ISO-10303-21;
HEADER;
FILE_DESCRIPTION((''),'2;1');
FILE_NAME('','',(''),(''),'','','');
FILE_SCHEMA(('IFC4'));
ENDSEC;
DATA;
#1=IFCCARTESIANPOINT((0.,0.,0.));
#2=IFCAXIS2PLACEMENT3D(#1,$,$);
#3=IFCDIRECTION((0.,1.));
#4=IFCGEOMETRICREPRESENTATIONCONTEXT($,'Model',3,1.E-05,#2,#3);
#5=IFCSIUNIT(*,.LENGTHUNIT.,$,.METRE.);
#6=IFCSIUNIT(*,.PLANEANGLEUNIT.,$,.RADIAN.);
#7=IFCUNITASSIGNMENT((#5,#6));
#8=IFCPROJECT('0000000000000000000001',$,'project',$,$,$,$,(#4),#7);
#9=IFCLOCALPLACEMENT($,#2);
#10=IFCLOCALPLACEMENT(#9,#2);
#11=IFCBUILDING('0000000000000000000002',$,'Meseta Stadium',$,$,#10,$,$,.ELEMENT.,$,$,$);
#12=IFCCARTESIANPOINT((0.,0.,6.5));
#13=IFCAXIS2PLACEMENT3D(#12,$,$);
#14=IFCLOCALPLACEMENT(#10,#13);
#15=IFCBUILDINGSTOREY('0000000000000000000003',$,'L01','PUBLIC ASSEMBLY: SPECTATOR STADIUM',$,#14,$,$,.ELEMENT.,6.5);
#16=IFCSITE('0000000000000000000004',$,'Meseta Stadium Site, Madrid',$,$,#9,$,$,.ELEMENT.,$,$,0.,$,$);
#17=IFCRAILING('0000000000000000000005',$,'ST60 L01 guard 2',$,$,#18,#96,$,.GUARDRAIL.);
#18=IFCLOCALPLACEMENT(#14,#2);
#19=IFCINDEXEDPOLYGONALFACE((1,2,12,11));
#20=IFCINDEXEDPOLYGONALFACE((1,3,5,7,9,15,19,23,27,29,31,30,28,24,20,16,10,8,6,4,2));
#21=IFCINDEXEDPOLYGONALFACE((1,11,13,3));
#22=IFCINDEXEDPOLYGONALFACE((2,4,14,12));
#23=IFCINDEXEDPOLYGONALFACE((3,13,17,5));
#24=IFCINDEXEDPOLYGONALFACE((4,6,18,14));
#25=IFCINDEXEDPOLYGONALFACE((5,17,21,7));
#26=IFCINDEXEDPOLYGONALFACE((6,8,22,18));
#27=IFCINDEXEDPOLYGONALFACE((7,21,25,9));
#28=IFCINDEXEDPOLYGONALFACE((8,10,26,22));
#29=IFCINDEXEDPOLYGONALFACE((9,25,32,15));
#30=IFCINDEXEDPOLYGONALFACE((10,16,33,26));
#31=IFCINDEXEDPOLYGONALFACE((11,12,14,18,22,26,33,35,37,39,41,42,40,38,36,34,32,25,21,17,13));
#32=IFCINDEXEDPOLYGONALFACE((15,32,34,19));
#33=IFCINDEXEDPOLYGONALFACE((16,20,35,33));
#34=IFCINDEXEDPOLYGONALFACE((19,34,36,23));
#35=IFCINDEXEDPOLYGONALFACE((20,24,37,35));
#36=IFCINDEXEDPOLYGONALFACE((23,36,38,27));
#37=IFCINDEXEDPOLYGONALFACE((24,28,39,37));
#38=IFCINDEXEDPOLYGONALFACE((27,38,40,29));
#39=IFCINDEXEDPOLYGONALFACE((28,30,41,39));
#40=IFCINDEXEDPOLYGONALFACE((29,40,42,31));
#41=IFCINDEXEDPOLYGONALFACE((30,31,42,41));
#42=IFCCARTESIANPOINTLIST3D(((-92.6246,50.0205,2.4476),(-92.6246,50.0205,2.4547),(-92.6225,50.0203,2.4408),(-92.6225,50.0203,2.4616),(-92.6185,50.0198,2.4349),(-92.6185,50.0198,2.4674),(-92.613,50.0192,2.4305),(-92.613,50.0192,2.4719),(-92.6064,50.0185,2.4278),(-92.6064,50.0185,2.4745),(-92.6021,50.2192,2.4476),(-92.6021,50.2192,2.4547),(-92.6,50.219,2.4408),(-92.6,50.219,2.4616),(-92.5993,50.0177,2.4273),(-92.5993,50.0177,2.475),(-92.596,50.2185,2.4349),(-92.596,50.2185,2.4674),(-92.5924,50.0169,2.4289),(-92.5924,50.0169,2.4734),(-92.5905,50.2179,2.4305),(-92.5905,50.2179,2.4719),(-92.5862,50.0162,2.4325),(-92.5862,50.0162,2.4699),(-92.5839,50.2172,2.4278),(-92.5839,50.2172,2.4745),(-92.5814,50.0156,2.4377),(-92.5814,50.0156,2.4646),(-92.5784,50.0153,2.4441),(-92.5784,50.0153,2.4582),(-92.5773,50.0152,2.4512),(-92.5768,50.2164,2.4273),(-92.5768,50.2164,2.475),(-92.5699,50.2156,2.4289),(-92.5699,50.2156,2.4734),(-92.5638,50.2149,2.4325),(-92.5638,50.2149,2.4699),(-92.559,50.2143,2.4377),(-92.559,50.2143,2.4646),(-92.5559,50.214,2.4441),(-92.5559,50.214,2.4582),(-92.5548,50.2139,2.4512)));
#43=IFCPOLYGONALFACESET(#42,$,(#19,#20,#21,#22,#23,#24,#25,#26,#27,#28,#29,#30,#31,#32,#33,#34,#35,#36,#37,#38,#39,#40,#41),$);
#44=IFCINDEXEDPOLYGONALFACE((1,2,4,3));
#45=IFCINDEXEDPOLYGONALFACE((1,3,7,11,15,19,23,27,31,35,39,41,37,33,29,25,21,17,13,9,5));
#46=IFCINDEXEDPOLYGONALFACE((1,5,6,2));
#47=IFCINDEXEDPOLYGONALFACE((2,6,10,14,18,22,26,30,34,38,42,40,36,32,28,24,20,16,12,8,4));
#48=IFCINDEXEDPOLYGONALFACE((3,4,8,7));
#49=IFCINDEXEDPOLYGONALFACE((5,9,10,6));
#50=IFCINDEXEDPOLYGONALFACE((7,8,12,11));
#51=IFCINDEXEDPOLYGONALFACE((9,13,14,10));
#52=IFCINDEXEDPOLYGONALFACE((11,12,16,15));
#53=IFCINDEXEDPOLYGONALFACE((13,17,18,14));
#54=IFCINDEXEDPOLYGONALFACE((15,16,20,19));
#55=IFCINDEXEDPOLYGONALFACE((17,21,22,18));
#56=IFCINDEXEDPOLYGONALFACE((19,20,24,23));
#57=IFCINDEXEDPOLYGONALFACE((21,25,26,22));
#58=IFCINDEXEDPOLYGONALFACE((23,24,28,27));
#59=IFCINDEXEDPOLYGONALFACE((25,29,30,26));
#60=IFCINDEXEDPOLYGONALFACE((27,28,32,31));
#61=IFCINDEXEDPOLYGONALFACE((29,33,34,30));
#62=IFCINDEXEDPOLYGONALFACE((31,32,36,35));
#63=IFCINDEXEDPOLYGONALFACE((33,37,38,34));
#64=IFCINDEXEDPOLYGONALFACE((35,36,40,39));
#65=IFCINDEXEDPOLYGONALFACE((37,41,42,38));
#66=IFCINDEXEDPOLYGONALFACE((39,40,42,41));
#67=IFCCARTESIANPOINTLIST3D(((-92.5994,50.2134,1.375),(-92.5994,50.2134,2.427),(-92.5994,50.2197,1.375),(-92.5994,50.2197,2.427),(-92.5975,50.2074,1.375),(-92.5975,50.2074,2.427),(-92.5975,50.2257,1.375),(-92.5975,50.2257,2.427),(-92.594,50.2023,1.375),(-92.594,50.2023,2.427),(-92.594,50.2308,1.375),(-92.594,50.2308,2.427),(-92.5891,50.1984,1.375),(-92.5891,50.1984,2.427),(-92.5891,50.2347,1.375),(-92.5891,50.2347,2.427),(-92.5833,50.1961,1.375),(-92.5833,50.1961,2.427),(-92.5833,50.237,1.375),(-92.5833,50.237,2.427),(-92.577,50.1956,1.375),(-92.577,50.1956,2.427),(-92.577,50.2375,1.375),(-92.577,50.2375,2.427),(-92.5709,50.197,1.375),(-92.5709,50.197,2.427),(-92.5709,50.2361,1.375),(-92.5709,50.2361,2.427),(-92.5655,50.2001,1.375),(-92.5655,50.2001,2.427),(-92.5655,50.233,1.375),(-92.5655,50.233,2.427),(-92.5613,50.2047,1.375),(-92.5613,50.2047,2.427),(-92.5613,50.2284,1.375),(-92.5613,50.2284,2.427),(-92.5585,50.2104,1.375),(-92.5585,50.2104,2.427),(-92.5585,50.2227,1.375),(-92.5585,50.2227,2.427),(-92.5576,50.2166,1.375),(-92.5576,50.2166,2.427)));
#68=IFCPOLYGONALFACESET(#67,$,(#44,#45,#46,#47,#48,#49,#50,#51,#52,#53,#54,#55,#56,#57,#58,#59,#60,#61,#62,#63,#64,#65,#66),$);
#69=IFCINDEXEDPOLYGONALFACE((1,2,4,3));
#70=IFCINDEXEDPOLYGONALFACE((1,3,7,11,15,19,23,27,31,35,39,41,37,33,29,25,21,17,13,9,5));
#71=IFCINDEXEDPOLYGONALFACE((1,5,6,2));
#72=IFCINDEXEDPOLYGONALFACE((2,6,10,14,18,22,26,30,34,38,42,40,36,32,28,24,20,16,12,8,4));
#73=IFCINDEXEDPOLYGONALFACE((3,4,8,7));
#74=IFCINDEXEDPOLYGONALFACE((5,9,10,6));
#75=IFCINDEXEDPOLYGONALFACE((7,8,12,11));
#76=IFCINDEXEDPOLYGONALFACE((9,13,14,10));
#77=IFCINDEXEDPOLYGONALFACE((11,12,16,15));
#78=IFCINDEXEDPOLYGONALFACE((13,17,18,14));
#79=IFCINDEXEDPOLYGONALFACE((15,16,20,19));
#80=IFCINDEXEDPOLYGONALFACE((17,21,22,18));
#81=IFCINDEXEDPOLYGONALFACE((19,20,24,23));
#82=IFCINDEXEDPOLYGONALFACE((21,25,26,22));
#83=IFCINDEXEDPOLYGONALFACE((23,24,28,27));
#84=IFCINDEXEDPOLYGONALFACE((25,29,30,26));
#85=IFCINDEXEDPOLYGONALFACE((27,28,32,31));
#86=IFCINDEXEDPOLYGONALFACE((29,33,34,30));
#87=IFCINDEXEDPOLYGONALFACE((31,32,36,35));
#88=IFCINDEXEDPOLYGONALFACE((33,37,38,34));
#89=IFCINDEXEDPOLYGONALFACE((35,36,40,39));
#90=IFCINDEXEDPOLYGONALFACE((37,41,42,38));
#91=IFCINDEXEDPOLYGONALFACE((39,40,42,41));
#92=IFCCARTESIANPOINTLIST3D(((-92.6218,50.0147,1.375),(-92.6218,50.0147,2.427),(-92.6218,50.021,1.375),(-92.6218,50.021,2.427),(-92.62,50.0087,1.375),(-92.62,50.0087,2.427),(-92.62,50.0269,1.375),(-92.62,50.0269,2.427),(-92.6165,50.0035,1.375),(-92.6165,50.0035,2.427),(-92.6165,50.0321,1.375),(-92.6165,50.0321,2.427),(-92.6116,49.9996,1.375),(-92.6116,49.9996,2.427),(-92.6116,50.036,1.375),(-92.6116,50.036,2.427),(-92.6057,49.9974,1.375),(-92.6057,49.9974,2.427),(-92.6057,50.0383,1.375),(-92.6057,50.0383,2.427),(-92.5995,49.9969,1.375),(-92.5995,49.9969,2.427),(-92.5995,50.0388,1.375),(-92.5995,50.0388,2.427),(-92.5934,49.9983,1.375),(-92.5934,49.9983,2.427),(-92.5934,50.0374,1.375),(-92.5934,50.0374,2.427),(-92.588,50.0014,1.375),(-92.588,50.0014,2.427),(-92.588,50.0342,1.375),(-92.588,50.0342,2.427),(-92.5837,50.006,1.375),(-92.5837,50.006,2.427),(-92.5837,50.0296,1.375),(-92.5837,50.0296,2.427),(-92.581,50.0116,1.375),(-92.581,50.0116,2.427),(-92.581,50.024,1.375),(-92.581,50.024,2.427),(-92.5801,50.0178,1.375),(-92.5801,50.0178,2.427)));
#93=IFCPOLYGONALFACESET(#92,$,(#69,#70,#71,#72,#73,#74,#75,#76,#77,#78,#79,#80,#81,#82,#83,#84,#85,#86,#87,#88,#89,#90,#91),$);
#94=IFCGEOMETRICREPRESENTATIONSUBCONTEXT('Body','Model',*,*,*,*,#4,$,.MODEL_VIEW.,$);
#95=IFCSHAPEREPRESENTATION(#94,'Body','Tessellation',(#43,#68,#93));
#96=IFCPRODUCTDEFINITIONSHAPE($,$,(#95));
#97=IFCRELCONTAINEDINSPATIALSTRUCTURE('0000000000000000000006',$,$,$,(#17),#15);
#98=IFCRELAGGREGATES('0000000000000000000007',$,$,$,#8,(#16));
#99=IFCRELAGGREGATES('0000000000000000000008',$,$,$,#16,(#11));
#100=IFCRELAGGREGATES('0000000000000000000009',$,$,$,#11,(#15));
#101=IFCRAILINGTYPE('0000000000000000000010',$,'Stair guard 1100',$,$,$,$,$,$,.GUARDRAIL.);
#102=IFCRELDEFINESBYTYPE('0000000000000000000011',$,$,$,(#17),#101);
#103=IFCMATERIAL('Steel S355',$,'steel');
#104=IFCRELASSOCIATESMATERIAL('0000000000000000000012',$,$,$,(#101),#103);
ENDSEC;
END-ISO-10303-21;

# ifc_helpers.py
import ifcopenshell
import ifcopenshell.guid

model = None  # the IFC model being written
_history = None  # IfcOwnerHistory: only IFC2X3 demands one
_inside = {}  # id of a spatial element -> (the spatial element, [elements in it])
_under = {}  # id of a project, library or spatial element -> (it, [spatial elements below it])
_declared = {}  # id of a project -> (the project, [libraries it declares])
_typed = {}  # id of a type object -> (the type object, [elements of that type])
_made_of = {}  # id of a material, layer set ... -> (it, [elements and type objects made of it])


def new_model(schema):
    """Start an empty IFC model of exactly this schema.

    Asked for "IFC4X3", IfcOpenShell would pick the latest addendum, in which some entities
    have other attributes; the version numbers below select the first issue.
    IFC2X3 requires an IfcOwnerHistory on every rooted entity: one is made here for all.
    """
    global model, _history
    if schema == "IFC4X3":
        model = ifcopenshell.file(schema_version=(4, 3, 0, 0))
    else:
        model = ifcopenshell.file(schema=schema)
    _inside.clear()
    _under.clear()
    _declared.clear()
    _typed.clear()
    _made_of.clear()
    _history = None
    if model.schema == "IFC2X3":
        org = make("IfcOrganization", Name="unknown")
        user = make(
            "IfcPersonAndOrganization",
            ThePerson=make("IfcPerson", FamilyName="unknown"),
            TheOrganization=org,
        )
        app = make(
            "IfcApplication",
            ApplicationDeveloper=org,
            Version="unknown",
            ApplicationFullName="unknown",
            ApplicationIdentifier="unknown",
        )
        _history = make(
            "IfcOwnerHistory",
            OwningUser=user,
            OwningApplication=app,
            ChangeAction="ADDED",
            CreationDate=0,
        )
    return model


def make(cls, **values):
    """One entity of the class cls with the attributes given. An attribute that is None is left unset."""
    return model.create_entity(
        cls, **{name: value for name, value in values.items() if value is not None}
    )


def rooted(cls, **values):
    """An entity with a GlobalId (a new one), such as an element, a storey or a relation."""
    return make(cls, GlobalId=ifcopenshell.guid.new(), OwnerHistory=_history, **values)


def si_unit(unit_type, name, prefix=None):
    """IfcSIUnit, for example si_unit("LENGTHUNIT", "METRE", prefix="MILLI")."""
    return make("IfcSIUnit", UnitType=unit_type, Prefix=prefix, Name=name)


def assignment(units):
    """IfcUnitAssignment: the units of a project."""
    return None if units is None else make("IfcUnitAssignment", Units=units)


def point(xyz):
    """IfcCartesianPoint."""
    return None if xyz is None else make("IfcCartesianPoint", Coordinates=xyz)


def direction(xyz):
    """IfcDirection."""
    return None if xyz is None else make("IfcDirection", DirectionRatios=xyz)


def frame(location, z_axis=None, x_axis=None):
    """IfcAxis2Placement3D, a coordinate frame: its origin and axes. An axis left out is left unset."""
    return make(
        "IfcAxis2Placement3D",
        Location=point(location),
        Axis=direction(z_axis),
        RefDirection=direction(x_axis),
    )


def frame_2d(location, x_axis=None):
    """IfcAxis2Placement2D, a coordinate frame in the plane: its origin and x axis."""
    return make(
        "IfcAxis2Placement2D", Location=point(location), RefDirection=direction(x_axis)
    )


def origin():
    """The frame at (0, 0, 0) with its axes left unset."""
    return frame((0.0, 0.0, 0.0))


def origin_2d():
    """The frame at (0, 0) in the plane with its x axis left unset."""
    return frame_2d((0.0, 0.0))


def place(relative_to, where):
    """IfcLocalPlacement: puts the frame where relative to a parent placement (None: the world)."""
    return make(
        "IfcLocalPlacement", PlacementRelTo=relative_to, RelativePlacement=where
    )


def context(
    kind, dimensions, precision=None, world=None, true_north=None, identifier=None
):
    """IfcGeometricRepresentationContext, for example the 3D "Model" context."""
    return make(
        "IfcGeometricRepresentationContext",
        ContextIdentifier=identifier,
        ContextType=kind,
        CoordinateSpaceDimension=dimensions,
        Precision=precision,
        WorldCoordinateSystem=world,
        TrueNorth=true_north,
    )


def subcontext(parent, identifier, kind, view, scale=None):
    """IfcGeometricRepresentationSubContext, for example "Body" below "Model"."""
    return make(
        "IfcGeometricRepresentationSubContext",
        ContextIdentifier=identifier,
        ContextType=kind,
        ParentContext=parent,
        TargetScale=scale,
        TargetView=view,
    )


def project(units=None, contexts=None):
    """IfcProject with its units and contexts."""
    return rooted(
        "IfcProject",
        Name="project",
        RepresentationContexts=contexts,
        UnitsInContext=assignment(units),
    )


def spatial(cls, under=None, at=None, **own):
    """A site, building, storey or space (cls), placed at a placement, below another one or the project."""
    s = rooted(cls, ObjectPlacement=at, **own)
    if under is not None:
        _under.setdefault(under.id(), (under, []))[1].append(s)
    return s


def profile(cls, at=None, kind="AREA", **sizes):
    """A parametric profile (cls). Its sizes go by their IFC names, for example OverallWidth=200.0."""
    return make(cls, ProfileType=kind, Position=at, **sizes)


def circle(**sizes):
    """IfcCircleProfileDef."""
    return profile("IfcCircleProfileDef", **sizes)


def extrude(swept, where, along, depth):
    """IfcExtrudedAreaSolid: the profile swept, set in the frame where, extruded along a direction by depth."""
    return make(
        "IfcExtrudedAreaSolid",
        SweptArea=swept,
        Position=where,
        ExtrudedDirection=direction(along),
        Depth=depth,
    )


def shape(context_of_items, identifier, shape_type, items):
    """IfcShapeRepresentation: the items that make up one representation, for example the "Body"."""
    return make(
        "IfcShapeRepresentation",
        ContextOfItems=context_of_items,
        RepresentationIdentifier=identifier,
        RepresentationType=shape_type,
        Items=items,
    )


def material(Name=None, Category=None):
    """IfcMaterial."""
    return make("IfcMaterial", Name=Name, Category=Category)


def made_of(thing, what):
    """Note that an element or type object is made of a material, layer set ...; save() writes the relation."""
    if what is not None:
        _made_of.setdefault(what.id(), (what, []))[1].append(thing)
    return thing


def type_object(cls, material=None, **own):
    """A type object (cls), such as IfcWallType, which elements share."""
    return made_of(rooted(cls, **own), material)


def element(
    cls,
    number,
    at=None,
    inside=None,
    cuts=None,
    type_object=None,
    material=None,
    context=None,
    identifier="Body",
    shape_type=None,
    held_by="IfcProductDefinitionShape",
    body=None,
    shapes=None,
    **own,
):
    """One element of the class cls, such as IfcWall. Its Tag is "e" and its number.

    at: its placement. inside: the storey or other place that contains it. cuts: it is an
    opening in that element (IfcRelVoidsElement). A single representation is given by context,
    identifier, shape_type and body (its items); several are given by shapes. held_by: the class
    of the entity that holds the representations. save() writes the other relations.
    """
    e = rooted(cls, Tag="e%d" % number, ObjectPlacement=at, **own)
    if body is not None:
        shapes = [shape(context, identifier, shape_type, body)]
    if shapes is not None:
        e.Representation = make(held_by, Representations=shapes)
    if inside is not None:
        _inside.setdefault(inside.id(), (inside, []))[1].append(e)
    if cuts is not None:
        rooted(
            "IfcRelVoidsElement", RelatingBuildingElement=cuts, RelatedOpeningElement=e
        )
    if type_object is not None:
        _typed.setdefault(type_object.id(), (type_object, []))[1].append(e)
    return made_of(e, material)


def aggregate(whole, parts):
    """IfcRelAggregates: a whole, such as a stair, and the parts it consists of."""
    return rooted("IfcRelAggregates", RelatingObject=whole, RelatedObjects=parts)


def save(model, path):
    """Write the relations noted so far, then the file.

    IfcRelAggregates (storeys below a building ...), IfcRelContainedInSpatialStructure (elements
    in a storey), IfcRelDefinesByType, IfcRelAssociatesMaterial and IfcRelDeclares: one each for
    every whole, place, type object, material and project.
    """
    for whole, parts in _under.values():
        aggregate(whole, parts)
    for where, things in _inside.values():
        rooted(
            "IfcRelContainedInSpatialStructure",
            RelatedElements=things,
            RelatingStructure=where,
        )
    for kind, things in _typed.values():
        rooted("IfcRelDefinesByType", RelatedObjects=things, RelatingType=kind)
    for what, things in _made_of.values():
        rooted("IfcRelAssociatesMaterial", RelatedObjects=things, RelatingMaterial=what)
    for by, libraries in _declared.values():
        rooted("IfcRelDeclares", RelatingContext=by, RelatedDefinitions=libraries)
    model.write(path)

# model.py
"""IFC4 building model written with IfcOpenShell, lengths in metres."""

from ifc_helpers import new_model, si_unit, direction, frame, origin, origin_2d, place, context, subcontext, project, spatial, circle, extrude, material, type_object, element, save


model = new_model("IFC4")

# Units and contexts
model_context = context("Model", 3, precision=1e-05, world=origin(), true_north=direction((0.0, 1.0)))
body_context = subcontext(model_context, "Body", "Model", "MODEL_VIEW")
ifc_project = project(units=[si_unit("LENGTHUNIT", "METRE"), si_unit("PLANEANGLEUNIT", "RADIAN")], contexts=[model_context])

# Site, building, storey
site_placement = place(None, origin())
site = spatial("IfcSite", under=ifc_project, at=site_placement, Name="Meseta Stadium Site, Madrid", CompositionType="ELEMENT", RefElevation=0.0)
building_placement = place(site_placement, origin())
building = spatial("IfcBuilding", under=site, at=building_placement, Name="Meseta Stadium", CompositionType="ELEMENT")
storey_placement = place(building_placement, frame((0.0, 0.0, 6.5)))
storey = spatial("IfcBuildingStorey", under=building, at=storey_placement, Name="L01", Description="PUBLIC ASSEMBLY: SPECTATOR STADIUM", CompositionType="ELEMENT", Elevation=6.5)

# Railing
ifc_material_1 = material(Name="Steel S355", Category="steel")
railing_type_1 = type_object("IfcRailingType", Name="Stair guard 1100", PredefinedType="GUARDRAIL", material=ifc_material_1)
railing_1_placement = place(storey_placement, frame((-92.5786, 50.2166, 1.375)))
element("IfcRailing", 1, at=railing_1_placement, inside=storey, type_object=railing_type_1, Name="ST60 L01 guard 2", PredefinedType="GUARDRAIL", context=body_context, shape_type="SweptSolid", body=[
    extrude(circle(Radius=0.0239, at=origin_2d()), frame((0.0, 0.0, 1.0762), z_axis=(-0.112307, -0.993674, 0.0), x_axis=(0.993674, -0.112307, 0.0)), (0.0, 0.0, 1.0), 0.2),
    extrude(circle(Radius=0.021, at=origin_2d()), origin(), (0.0, 0.0, 1.0), 1.052),
    extrude(circle(Radius=0.021, at=origin_2d()), frame((-0.0225, -0.1987, 0.0)), (0.0, 0.0, 1.0), 1.052),
])

save(model, "model.ifc")
